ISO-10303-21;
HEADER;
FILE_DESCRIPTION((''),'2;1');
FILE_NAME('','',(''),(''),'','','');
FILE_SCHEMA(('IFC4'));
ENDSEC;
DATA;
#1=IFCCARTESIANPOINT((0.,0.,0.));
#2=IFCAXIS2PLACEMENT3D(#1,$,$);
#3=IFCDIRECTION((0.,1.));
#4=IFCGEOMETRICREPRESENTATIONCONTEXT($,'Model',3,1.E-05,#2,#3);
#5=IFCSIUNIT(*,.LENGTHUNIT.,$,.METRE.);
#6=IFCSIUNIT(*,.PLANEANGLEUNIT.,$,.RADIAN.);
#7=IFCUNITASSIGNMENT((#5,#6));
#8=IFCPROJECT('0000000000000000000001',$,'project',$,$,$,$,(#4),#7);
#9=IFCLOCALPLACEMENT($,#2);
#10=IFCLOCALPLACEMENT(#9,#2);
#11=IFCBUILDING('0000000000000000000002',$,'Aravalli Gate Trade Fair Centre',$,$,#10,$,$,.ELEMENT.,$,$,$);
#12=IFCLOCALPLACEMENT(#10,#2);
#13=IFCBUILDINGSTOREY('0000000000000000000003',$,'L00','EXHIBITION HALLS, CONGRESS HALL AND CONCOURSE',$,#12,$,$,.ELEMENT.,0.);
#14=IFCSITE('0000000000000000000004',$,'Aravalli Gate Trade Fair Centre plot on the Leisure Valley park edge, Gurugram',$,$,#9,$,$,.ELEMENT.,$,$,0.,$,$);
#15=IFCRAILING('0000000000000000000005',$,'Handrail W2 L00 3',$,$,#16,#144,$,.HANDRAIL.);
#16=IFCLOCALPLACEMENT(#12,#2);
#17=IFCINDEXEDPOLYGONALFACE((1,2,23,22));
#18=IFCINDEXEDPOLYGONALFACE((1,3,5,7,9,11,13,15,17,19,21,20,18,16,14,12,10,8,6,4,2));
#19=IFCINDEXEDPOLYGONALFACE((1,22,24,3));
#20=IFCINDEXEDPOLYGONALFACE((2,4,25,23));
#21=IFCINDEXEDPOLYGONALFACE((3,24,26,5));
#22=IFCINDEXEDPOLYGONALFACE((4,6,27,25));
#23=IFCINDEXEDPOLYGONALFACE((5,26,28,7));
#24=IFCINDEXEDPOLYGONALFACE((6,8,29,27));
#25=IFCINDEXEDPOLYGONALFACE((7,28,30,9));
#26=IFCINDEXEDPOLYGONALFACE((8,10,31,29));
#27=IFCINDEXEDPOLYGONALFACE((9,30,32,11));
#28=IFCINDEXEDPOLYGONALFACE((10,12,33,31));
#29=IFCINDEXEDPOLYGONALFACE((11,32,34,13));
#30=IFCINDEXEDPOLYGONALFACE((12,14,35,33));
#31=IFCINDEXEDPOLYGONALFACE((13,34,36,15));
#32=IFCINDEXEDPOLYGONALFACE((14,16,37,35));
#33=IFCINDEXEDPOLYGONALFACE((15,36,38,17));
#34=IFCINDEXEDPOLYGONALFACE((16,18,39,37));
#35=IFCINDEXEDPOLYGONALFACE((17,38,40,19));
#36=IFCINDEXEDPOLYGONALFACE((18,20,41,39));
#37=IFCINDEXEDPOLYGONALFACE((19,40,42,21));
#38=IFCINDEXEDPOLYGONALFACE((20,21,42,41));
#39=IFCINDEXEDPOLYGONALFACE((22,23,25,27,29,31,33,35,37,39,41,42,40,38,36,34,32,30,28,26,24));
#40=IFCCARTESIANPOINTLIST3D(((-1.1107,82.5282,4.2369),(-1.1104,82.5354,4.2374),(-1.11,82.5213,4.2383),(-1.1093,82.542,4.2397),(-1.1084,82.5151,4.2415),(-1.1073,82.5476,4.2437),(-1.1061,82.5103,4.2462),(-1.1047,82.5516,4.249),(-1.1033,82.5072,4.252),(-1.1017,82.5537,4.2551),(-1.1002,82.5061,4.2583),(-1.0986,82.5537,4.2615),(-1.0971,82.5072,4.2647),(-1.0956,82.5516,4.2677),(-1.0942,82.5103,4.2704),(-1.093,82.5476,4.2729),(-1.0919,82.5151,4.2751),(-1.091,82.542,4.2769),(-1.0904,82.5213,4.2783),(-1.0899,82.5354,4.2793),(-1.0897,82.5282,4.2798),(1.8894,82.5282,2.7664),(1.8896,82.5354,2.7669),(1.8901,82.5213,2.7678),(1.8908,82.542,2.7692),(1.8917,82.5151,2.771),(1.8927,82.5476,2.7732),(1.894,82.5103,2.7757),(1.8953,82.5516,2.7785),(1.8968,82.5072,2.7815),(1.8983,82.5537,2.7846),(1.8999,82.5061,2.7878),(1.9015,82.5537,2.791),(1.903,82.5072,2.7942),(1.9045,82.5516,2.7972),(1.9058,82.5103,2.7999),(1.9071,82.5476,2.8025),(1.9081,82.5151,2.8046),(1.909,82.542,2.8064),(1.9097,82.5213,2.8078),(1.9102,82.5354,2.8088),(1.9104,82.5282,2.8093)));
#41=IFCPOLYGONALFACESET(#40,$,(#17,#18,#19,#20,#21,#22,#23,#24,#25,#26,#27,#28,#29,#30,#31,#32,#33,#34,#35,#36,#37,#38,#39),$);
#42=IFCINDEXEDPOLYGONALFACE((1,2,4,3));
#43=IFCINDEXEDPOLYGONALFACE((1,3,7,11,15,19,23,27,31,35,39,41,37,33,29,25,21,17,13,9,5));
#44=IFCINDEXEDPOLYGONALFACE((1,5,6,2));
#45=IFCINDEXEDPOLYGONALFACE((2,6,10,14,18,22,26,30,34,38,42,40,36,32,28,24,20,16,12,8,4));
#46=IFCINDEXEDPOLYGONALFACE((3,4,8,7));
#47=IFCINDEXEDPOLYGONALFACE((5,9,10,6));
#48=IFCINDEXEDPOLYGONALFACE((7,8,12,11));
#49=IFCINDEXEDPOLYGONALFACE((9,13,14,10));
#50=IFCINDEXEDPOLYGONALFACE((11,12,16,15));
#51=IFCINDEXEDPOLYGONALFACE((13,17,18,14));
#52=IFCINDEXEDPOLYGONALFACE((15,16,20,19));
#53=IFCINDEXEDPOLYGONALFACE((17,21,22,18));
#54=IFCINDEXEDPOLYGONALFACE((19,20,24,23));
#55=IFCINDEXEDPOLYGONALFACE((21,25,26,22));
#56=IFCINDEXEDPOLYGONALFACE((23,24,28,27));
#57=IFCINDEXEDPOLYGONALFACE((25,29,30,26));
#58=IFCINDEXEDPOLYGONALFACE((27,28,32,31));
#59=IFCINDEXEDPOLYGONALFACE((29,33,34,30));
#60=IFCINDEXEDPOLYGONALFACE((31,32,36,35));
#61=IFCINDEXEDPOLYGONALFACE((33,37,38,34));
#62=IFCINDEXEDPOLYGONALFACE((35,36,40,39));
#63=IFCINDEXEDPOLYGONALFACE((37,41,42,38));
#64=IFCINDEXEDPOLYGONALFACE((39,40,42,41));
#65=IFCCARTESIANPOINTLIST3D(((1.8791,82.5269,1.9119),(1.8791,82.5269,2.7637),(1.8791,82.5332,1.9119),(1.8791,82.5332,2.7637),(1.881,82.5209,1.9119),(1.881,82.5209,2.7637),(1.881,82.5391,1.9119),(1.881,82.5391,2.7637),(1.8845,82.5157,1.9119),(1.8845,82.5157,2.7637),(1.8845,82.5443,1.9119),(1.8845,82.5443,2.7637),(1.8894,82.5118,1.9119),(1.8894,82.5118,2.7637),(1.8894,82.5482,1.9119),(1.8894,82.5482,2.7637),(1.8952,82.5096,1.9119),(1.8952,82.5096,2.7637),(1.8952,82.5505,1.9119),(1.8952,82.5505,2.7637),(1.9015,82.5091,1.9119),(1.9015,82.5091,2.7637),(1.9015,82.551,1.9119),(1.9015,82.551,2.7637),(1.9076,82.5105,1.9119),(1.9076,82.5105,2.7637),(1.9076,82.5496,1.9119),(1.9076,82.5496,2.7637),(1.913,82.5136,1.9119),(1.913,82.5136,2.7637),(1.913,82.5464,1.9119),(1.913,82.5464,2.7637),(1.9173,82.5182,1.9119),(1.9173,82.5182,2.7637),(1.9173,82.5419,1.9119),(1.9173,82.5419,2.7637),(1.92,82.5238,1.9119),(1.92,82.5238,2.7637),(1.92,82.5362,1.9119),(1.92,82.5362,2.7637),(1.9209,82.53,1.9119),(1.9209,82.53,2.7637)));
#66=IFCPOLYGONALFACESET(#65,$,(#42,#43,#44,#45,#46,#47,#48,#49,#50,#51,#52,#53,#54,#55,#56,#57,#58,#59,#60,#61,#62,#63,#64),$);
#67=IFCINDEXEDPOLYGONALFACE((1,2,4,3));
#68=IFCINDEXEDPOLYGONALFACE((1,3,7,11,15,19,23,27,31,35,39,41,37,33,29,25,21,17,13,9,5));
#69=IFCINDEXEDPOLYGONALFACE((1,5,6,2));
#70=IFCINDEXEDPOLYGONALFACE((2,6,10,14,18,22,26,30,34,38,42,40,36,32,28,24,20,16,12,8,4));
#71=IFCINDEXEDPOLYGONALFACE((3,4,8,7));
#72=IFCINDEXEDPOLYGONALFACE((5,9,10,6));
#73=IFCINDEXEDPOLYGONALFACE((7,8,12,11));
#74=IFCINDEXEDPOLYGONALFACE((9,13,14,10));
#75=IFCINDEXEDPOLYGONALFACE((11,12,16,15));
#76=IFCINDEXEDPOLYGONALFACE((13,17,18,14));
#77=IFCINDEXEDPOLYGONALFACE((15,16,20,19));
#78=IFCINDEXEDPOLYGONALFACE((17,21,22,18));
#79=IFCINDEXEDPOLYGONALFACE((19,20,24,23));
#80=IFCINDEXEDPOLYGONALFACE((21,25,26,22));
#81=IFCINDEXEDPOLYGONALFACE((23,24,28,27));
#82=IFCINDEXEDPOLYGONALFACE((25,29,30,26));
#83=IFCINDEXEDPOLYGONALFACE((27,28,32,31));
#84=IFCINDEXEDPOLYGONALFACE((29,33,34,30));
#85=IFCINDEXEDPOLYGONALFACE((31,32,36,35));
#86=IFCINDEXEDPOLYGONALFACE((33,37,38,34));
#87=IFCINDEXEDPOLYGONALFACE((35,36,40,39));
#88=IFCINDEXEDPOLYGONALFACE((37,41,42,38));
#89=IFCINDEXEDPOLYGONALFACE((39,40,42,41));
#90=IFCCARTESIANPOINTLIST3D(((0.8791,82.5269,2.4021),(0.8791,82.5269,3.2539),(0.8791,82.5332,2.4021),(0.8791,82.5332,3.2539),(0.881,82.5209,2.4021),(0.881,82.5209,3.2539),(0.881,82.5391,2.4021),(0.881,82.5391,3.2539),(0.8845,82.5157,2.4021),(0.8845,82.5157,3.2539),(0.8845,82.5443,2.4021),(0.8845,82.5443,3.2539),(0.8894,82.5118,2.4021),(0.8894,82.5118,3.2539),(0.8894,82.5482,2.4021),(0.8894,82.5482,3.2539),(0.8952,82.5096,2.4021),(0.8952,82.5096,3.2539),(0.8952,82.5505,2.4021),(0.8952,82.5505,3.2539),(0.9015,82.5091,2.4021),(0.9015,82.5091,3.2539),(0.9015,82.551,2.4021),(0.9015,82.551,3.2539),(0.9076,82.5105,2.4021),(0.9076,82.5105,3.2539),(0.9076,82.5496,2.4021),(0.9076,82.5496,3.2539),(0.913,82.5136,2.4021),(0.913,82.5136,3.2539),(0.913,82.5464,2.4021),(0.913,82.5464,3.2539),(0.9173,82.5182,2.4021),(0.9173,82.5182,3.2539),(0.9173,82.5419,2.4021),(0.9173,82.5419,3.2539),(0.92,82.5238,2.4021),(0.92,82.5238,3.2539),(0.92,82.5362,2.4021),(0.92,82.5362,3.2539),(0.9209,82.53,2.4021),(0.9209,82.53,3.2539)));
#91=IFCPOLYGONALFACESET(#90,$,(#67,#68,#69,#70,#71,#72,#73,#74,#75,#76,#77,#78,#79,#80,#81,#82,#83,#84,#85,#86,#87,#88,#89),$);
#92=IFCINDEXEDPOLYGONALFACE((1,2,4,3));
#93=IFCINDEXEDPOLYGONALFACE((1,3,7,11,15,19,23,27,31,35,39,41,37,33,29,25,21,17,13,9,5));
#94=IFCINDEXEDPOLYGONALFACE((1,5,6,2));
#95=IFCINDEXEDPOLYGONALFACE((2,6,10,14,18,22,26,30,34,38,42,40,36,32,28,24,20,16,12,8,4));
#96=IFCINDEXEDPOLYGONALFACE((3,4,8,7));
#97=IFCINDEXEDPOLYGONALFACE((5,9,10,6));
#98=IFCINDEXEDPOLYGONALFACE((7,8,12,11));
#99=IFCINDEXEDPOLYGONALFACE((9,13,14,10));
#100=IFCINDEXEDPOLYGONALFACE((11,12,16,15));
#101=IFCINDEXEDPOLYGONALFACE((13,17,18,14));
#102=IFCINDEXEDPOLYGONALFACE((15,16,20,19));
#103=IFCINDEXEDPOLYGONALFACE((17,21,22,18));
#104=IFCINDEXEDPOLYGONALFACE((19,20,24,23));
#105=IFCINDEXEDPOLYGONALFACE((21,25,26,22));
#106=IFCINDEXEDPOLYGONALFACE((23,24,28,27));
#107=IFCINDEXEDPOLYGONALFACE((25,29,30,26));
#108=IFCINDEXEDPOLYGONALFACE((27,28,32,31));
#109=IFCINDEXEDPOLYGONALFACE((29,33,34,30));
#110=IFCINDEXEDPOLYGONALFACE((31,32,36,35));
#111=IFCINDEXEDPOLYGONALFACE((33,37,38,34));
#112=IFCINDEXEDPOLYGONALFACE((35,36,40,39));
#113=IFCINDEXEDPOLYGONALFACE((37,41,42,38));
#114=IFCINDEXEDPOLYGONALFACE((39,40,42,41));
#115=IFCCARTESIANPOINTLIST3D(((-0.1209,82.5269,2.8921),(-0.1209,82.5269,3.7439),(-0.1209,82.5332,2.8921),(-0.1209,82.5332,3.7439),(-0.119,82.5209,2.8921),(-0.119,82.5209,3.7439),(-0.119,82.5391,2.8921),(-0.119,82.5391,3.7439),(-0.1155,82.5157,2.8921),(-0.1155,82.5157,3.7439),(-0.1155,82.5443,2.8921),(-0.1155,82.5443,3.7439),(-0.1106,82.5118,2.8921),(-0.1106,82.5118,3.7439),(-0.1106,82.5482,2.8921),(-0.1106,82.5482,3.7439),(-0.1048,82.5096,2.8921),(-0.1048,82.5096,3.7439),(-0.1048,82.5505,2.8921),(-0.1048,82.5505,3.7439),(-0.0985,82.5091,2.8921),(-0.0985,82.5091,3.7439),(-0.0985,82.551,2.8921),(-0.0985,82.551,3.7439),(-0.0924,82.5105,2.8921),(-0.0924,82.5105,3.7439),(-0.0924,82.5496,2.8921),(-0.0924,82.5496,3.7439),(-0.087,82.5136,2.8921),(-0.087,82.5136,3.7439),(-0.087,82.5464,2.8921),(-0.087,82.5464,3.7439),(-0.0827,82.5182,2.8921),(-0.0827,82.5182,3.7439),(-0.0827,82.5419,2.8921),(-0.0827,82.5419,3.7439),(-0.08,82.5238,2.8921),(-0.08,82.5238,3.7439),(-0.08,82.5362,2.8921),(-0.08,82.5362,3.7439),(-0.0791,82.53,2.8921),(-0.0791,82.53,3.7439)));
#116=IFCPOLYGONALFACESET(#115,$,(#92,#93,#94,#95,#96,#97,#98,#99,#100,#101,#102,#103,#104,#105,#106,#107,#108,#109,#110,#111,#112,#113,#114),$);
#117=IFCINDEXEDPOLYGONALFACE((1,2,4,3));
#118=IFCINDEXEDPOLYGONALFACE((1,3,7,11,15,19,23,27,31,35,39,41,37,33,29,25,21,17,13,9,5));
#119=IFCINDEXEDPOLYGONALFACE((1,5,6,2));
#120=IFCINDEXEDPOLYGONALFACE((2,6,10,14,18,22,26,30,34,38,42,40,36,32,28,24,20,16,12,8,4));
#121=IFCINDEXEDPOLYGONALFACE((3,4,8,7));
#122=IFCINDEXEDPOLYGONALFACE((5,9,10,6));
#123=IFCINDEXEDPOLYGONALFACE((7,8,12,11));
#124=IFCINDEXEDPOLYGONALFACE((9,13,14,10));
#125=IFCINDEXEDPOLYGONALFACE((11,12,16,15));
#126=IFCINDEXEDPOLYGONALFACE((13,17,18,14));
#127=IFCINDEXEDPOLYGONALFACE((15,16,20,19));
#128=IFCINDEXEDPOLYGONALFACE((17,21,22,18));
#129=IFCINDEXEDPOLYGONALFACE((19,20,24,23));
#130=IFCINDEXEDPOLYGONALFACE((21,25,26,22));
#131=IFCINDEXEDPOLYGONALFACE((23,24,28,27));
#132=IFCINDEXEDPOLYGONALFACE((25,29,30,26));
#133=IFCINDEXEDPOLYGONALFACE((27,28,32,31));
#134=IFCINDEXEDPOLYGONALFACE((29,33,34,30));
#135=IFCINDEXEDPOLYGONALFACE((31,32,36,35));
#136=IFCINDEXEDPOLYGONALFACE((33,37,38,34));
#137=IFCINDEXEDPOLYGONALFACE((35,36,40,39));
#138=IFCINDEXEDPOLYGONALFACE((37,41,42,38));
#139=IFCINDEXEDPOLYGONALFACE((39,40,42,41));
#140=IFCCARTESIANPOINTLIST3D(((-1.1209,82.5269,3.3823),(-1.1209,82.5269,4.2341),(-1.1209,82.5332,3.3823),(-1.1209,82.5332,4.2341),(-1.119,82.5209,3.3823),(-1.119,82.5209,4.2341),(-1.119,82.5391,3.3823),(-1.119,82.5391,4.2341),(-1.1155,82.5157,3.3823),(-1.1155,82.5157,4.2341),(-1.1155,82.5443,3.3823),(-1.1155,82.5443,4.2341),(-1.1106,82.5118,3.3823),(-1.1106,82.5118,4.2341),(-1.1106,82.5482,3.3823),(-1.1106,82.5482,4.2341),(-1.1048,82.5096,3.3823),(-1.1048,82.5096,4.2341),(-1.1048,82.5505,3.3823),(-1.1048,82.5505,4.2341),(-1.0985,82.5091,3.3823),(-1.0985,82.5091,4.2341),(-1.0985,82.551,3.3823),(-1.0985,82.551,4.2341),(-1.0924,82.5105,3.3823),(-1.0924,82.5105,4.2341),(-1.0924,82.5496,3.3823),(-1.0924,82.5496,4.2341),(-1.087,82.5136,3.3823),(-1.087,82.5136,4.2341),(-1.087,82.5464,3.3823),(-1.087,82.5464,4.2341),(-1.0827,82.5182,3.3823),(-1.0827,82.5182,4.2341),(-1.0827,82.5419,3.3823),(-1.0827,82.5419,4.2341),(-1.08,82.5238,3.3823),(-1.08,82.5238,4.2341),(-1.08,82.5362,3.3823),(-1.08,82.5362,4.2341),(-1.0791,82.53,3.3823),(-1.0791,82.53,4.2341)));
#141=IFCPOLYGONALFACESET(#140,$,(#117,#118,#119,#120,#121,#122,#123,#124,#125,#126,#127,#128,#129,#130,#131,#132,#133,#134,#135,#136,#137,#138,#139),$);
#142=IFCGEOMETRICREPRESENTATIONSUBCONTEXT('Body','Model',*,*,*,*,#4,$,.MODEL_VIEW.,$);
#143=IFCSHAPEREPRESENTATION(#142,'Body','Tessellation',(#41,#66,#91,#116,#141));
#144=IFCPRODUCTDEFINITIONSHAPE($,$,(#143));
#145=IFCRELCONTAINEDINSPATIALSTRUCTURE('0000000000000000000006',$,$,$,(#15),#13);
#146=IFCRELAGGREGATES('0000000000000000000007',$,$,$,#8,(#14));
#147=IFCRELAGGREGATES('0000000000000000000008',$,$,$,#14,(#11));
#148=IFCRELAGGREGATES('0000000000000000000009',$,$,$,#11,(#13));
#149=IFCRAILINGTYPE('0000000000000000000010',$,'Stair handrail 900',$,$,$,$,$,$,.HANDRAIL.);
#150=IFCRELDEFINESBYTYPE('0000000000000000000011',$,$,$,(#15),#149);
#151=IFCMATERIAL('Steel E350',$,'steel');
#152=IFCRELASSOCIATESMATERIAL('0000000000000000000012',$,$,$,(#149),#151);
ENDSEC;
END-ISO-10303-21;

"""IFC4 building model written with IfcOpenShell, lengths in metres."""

from ifc_helpers import new_model, si_unit, direction, frame, origin, origin_2d, place, context, subcontext, project, spatial, circle, extrude, material, type_object, element, save


model = new_model("IFC4")

# Units and contexts
model_context = context("Model", 3, precision=1e-05, world=origin(), true_north=direction((0.0, 1.0)))
body_context = subcontext(model_context, "Body", "Model", "MODEL_VIEW")
ifc_project = project(units=[si_unit("LENGTHUNIT", "METRE"), si_unit("PLANEANGLEUNIT", "RADIAN")], contexts=[model_context])

# Site, building, storey
site_placement = place(None, origin())
site = spatial("IfcSite", under=ifc_project, at=site_placement, Name="Aravalli Gate Trade Fair Centre plot on the Leisure Valley park edge, Gurugram", CompositionType="ELEMENT", RefElevation=0.0)
building_placement = place(site_placement, origin())
building = spatial("IfcBuilding", under=site, at=building_placement, Name="Aravalli Gate Trade Fair Centre", CompositionType="ELEMENT")
storey_placement = place(building_placement, origin())
storey = spatial("IfcBuildingStorey", under=building, at=storey_placement, Name="L00", Description="EXHIBITION HALLS, CONGRESS HALL AND CONCOURSE", CompositionType="ELEMENT", Elevation=0.0)

# Railing
ifc_material_1 = material(Name="Steel E350", Category="steel")
railing_type = type_object("IfcRailingType", Name="Stair handrail 900", PredefinedType="HANDRAIL", material=ifc_material_1)
for number, where, name in (
    (1, (1.8999, 82.53, 1.9119), "Handrail W2 L00 3"),
):
    element("IfcRailing", number, at=place(storey_placement, frame(where)), inside=storey, type_object=railing_type, Name=name, PredefinedType="HANDRAIL", context=body_context, shape_type="SweptSolid", body=[
        extrude(circle(Radius=0.0239, at=origin_2d()), frame((0.0, 0.0, 0.876), z_axis=(-0.897936, 0.0, 0.440126), x_axis=(0.0, -1.0, 0.0)), (0.0, 0.0, 1.0), 3.3411),
        extrude(circle(Radius=0.021, at=origin_2d()), origin(), (0.0, 0.0, 1.0), 0.8518),
        extrude(circle(Radius=0.021, at=origin_2d()), frame((-1.0, 0.0, 0.4902)), (0.0, 0.0, 1.0), 0.8518),
        extrude(circle(Radius=0.021, at=origin_2d()), frame((-2.0, 0.0, 0.9802)), (0.0, 0.0, 1.0), 0.8518),
        extrude(circle(Radius=0.021, at=origin_2d()), frame((-3.0, 0.0, 1.4705)), (0.0, 0.0, 1.0), 0.8518),
    ])

save(model, "model.ifc")
